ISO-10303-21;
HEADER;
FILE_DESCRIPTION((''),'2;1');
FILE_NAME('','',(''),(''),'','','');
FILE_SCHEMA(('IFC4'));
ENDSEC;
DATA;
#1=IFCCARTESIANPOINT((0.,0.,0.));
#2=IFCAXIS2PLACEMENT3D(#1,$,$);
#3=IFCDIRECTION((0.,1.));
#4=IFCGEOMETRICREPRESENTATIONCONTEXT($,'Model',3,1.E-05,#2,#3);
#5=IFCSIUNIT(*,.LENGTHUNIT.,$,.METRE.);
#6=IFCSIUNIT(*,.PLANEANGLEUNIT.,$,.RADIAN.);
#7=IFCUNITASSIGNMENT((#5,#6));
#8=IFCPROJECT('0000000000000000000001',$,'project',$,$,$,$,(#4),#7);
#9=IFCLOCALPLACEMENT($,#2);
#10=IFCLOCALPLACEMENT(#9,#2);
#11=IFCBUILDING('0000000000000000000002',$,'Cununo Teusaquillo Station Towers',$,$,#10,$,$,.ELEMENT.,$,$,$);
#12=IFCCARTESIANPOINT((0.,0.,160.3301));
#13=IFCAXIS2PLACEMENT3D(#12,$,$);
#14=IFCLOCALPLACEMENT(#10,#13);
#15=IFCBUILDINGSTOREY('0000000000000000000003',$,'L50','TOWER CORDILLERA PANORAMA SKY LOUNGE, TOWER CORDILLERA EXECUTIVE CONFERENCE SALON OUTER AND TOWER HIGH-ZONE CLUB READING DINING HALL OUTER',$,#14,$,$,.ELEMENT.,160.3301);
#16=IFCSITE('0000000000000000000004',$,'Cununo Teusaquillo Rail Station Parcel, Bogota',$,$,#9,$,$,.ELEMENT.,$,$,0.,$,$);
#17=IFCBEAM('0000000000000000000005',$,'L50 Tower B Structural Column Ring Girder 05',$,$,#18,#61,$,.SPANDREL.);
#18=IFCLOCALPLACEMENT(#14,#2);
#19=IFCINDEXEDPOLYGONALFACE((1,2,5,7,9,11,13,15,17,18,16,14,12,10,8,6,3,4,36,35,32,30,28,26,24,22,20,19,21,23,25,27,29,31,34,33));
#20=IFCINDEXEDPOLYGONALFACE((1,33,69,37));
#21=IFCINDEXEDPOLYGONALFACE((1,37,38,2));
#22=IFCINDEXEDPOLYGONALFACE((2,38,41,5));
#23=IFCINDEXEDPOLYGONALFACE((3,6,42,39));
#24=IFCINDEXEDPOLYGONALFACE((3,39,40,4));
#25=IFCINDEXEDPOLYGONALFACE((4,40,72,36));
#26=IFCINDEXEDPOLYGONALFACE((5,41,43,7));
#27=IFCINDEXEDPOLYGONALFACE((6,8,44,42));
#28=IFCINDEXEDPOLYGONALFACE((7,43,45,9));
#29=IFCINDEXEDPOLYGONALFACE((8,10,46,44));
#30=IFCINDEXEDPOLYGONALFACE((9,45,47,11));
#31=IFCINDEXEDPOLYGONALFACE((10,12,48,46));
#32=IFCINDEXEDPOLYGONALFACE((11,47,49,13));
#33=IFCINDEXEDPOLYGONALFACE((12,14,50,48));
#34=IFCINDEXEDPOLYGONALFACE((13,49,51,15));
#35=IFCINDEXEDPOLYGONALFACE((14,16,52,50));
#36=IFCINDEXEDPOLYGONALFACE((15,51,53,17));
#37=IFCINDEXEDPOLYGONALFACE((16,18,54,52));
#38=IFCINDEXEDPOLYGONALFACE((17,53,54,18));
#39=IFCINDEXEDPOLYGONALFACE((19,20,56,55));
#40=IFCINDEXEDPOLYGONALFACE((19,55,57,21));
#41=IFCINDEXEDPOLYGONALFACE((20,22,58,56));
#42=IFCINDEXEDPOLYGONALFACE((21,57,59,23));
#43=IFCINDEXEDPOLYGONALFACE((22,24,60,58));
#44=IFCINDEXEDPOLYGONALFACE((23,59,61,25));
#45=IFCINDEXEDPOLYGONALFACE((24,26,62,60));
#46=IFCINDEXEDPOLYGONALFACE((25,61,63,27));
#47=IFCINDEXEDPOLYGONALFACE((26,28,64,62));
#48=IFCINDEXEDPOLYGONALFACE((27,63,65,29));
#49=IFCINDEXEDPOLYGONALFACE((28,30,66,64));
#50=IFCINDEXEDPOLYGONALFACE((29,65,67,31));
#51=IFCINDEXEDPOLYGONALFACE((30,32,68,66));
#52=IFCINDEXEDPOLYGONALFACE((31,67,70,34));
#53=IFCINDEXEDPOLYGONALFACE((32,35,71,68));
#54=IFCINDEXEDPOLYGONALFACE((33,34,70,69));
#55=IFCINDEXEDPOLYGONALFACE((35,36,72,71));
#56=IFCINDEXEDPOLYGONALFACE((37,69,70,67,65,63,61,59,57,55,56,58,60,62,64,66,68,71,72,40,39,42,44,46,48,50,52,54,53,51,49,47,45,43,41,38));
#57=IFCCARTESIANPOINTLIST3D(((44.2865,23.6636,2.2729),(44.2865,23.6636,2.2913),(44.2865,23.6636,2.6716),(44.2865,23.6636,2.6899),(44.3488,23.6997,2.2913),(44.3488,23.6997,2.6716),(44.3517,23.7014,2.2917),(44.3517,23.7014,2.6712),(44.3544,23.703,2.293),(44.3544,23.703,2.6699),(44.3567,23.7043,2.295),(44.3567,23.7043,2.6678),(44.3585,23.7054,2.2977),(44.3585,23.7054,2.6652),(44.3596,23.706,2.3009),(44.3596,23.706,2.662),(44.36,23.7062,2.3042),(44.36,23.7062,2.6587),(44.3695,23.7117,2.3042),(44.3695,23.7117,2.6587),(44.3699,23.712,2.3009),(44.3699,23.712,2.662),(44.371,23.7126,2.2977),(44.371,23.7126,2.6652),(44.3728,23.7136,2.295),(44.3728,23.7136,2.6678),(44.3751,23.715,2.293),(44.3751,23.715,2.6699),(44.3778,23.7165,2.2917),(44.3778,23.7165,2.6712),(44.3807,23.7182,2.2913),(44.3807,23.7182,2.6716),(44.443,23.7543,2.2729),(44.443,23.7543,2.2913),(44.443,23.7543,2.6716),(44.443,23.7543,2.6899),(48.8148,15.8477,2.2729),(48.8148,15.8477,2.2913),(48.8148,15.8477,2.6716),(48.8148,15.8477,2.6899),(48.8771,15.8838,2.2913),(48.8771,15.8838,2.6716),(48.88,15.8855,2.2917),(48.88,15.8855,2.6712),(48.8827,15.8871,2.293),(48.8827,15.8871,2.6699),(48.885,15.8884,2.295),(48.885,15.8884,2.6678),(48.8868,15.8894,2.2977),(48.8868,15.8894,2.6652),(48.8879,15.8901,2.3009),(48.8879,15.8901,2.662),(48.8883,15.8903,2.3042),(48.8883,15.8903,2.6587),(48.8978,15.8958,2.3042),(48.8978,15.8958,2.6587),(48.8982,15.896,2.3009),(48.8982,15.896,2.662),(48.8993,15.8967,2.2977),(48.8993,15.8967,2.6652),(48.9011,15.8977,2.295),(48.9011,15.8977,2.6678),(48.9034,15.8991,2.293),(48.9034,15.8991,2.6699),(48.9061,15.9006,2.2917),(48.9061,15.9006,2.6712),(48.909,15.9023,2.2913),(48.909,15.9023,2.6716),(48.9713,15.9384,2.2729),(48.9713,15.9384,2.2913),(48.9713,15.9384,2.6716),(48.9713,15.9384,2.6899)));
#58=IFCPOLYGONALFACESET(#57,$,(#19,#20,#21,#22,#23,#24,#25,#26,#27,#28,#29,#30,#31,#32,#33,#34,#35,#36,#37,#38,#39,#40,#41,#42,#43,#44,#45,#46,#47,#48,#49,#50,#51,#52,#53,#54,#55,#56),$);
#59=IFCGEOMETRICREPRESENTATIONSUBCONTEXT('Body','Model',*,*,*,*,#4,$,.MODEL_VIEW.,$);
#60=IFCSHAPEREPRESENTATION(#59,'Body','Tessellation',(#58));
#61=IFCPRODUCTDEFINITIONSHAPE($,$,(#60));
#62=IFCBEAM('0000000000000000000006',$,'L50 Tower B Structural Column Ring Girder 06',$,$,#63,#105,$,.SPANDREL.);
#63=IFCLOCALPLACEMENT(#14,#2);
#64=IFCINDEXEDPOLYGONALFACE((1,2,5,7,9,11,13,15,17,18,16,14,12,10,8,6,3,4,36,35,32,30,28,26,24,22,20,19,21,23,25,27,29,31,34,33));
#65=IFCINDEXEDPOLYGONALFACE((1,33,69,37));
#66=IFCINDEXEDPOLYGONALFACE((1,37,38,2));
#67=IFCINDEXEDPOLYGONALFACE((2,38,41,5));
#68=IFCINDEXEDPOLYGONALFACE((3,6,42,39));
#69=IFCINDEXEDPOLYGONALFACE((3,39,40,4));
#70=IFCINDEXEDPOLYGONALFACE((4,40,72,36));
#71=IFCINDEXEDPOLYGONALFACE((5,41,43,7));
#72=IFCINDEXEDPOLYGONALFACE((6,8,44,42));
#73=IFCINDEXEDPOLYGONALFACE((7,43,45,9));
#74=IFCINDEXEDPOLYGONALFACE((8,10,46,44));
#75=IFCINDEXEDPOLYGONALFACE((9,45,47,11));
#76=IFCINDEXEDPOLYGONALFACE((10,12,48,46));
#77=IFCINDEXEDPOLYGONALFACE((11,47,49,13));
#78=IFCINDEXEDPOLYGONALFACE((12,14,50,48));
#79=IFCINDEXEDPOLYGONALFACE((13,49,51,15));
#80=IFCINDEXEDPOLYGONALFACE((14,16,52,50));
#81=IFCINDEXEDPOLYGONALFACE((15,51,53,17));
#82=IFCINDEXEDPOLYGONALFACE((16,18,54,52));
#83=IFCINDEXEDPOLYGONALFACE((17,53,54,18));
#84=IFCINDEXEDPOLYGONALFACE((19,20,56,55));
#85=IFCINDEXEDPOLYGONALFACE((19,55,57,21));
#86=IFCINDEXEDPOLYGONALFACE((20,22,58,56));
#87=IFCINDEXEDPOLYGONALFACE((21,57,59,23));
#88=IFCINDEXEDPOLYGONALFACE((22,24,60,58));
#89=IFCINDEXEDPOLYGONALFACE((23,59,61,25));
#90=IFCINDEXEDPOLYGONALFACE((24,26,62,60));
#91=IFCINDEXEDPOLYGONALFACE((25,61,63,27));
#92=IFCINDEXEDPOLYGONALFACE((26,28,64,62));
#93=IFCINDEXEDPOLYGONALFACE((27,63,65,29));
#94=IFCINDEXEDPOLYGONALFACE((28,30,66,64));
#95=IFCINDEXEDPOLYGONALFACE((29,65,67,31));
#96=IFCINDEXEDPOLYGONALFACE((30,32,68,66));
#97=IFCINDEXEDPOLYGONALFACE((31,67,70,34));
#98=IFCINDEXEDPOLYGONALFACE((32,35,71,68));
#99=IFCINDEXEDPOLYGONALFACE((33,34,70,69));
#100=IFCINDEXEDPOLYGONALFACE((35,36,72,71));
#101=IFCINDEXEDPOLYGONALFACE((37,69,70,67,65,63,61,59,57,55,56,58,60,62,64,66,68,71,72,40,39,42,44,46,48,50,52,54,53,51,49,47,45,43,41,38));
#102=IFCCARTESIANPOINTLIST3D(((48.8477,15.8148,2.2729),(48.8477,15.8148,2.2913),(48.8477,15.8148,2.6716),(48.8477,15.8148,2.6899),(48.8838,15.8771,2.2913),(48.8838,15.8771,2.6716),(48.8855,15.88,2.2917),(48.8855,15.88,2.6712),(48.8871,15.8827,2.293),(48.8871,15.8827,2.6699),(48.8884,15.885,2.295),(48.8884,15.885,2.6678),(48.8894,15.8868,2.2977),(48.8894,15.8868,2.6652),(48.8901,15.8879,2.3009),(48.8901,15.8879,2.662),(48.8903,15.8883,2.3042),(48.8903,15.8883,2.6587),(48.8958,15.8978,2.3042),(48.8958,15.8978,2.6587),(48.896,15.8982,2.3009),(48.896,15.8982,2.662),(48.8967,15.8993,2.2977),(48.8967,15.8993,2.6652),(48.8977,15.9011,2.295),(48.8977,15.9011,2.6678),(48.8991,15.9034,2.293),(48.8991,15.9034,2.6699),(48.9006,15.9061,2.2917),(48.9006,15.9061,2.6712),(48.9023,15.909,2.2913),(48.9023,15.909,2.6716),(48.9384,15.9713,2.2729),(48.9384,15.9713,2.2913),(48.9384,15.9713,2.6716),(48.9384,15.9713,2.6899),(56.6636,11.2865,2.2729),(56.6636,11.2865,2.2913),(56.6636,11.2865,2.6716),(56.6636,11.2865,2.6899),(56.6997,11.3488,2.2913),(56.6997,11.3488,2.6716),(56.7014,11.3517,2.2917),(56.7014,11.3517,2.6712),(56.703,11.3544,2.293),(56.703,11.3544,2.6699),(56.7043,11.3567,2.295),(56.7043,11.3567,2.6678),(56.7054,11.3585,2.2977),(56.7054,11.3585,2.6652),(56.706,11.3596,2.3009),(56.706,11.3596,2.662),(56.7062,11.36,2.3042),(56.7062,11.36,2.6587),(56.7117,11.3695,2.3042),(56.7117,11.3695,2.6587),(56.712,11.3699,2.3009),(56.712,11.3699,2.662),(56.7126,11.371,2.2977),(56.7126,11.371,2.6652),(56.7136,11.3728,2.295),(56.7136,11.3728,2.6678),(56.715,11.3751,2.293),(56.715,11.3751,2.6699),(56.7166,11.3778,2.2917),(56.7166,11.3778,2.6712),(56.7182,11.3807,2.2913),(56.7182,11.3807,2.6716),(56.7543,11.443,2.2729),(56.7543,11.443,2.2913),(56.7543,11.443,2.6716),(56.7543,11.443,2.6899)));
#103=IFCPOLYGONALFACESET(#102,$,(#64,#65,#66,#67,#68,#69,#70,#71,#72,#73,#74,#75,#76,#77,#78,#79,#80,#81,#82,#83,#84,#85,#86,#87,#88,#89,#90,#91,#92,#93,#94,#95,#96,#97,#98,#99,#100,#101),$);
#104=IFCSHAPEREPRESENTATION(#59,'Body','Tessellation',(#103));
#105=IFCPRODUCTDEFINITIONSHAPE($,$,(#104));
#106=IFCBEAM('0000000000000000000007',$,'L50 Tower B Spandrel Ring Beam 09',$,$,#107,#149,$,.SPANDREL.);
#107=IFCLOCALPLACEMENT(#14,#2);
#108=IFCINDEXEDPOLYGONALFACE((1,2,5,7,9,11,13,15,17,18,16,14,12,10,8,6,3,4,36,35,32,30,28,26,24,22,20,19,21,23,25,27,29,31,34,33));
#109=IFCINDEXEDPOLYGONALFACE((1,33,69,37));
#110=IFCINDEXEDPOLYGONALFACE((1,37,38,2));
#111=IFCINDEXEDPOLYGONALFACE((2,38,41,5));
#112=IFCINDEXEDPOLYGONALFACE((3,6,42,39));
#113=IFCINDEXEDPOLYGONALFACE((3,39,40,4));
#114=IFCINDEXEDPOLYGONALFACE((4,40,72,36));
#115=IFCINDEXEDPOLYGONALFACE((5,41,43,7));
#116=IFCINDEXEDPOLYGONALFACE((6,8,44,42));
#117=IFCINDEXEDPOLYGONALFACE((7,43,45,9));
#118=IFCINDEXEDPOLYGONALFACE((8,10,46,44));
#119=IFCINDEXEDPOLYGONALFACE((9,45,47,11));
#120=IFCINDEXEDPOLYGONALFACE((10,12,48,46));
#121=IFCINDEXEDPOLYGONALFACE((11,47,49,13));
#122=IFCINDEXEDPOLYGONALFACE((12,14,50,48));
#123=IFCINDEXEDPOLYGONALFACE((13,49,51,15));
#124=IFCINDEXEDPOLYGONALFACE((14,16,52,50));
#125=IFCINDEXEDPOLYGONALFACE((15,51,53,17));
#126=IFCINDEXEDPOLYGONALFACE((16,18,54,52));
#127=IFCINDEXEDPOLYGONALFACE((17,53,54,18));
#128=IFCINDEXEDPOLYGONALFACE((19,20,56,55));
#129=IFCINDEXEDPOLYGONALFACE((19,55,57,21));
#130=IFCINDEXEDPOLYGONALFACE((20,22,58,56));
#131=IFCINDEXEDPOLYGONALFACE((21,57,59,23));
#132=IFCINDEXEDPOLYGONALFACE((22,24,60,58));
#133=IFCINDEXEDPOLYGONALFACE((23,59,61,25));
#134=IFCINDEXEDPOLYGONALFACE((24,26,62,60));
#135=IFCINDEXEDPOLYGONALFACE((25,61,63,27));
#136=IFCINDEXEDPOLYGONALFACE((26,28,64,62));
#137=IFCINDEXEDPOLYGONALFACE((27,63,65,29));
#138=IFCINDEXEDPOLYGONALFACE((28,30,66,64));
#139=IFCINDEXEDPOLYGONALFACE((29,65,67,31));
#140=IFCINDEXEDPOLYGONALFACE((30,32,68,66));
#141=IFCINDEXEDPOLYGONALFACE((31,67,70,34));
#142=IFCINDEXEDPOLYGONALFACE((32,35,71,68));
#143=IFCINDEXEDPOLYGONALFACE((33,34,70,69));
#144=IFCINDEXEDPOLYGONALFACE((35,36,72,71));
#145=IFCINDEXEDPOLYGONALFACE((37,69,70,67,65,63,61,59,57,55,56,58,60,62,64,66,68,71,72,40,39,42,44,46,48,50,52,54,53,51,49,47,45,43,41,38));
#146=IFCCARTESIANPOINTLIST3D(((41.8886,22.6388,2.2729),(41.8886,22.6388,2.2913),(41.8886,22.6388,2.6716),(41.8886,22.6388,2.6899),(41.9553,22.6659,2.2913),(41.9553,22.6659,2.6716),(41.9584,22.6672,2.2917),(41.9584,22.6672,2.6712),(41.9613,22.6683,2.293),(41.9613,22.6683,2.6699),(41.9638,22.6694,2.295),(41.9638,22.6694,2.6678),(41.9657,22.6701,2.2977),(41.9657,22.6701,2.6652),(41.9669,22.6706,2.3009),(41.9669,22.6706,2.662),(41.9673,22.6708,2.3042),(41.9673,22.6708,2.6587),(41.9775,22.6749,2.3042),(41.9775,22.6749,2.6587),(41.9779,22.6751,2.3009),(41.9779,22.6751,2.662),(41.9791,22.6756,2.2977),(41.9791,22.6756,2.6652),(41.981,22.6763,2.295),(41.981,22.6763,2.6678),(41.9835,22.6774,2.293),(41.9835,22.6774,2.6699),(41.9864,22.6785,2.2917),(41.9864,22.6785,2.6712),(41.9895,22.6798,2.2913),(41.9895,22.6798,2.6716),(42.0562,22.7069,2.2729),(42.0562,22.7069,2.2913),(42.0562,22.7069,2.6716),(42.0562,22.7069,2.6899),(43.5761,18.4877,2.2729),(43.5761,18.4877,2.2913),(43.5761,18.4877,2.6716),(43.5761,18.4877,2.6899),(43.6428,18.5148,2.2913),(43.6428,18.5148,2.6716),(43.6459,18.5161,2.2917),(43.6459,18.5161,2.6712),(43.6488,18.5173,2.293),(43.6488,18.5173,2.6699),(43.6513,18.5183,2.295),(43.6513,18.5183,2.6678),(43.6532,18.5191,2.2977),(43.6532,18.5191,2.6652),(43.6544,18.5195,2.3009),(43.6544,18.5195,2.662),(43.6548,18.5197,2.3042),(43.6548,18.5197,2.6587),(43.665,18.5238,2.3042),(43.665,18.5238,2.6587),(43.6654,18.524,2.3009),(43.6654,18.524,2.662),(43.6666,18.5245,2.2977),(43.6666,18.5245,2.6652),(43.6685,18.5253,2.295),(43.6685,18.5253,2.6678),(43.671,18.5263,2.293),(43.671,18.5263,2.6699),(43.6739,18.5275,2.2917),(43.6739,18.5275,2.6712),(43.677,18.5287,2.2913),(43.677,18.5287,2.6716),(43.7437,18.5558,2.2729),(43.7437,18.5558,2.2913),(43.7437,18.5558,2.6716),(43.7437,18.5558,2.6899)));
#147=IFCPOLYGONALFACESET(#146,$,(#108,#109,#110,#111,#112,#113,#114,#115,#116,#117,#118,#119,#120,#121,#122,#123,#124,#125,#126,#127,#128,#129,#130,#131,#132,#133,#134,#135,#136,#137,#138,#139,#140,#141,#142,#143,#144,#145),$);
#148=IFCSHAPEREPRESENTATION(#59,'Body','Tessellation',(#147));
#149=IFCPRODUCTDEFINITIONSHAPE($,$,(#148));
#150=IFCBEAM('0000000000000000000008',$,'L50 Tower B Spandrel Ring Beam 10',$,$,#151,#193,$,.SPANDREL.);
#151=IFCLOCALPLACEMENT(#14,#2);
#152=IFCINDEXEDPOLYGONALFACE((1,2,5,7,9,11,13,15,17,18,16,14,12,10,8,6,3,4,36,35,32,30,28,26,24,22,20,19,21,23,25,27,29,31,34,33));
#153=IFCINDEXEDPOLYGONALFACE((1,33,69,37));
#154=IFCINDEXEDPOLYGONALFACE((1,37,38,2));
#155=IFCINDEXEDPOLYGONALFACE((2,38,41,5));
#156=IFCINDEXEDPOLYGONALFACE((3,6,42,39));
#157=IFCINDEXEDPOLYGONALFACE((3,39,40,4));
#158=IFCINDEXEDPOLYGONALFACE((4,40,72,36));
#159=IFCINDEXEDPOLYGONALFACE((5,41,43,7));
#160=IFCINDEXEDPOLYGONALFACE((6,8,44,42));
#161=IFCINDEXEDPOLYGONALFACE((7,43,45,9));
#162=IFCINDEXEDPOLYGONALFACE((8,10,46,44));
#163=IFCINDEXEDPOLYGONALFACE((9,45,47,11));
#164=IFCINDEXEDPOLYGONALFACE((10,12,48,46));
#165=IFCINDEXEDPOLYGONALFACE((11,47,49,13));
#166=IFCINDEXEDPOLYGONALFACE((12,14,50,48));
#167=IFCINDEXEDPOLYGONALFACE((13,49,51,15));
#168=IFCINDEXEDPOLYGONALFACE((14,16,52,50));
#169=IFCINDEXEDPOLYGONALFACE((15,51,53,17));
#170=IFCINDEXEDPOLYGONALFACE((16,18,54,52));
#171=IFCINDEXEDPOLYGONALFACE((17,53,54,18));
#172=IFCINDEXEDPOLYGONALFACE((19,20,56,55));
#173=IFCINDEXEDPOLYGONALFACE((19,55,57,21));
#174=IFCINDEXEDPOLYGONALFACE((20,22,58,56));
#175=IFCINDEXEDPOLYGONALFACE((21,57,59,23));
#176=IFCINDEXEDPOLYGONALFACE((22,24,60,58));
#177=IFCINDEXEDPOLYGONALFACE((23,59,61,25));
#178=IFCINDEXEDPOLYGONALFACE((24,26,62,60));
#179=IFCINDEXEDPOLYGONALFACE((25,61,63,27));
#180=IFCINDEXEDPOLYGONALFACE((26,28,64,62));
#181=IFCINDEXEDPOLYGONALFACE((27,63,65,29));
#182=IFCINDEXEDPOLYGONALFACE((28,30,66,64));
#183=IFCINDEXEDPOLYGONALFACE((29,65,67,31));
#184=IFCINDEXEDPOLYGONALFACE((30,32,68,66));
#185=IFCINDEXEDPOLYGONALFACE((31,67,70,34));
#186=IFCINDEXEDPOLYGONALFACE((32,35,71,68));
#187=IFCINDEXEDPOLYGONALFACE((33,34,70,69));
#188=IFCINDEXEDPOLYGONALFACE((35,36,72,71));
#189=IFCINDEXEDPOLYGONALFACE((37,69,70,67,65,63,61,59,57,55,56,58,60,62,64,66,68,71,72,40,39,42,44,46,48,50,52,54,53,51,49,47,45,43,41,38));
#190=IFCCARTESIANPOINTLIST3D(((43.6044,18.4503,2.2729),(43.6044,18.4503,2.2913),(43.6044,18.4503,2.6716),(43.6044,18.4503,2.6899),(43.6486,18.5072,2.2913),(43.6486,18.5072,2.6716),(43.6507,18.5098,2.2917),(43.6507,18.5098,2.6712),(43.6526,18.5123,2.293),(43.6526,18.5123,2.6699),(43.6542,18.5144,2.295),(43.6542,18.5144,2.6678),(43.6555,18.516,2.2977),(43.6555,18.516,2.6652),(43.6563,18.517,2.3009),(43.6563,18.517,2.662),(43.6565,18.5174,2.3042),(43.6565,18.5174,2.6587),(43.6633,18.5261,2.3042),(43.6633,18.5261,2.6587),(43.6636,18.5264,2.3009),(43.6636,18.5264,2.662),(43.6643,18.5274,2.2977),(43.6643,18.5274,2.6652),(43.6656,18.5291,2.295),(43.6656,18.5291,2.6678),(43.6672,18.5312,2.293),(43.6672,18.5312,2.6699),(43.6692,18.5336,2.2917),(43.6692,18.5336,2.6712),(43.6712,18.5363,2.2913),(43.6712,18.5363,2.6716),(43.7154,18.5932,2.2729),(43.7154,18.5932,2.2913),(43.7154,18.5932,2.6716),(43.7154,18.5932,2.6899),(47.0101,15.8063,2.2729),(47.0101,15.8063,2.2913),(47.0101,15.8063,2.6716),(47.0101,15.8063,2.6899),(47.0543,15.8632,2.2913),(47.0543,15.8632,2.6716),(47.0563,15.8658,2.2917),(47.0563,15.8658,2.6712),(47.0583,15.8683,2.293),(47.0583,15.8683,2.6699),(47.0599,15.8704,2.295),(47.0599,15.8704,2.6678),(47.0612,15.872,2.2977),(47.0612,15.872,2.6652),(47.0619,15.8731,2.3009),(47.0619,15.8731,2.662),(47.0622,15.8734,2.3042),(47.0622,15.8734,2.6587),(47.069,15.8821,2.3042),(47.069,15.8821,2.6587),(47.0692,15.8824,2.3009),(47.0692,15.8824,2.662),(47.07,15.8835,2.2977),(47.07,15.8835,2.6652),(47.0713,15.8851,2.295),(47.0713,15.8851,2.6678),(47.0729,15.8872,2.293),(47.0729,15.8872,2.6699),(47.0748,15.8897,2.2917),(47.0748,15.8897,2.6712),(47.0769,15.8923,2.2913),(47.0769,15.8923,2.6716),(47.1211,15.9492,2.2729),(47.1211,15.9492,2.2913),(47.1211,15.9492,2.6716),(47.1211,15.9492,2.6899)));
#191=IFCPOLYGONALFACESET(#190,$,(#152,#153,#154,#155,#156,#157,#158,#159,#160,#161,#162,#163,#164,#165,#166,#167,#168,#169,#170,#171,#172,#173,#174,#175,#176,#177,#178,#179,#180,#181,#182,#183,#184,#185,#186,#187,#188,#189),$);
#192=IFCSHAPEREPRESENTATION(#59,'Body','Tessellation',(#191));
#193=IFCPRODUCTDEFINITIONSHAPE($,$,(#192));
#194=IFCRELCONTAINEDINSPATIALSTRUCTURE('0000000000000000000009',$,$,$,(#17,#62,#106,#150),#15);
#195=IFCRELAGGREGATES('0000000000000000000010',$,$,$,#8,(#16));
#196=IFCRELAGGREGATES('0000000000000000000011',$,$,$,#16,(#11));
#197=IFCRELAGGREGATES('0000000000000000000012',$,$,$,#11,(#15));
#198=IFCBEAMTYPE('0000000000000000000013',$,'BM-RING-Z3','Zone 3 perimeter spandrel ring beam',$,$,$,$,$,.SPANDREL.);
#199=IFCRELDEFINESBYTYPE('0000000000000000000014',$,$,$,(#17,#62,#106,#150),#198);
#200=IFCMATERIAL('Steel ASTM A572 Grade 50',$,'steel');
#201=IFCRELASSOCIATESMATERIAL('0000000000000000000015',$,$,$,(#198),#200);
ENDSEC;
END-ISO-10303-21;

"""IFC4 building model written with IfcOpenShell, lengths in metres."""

from ifc_helpers import new_model, si_unit, direction, frame, origin, origin_2d, place, context, subcontext, project, spatial, i_section, extrude, material, material_profile, profile_set, type_object, element, save


model = new_model("IFC4")

# Units and contexts
model_context = context("Model", 3, precision=1e-05, world=origin(), true_north=direction((0.0, 1.0)))
body_context = subcontext(model_context, "Body", "Model", "MODEL_VIEW")
ifc_project = project(units=[si_unit("LENGTHUNIT", "METRE"), si_unit("PLANEANGLEUNIT", "RADIAN")], contexts=[model_context])

# Site, building, storey
site_placement = place(None, origin())
site = spatial("IfcSite", under=ifc_project, at=site_placement, Name="Cununo Teusaquillo Rail Station Parcel, Bogota", CompositionType="ELEMENT", RefElevation=0.0)
building_placement = place(site_placement, origin())
building = spatial("IfcBuilding", under=site, at=building_placement, Name="Cununo Teusaquillo Station Towers", CompositionType="ELEMENT")
storey_placement = place(building_placement, frame((0.0, 0.0, 160.3301)))
storey = spatial("IfcBuildingStorey", under=building, at=storey_placement, Name="L50", Description="TOWER CORDILLERA PANORAMA SKY LOUNGE, TOWER CORDILLERA EXECUTIVE CONFERENCE SALON OUTER AND TOWER HIGH-ZONE CLUB READING DINING HALL OUTER", CompositionType="ELEMENT", Elevation=160.3301)

# Beams
ifc_material_1 = material(Name="Steel ASTM A572 Grade 50", Category="steel")
ifc_material_profile_1 = material_profile(ifc_material_1, i_section(OverallWidth=0.1809, OverallDepth=0.417, WebThickness=0.011, FlangeThickness=0.0183, FilletRadius=0.0129, at=origin_2d()), Name="W16X57")
ifc_profile_set_1 = profile_set([ifc_material_profile_1], Name="Steel ASTM A572 Grade 50")
beam_type_1 = type_object("IfcBeamType", Name="BM-RING-Z3", Description="Zone 3 perimeter spandrel ring beam", PredefinedType="SPANDREL", material=ifc_profile_set_1)
for number, where, z_axis, x_axis, name in (
    (1, (44.3647, 23.709, 2.4814), (0.501311, -0.865267, 0.0), (0.865267, 0.501311, 0.0), "L50 Tower B Structural Column Ring Girder 05"),
    (2, (48.8931, 15.8931, 2.4814), (0.865267, -0.501311, 0.0), (0.501311, 0.865267, 0.0), "L50 Tower B Structural Column Ring Girder 06"),
):
    element("IfcBeam", number, at=place(storey_placement, frame(where, z_axis=z_axis, x_axis=x_axis)), inside=storey, type_object=beam_type_1, Name=name, PredefinedType="SPANDREL", context=body_context, shape_type="SweptSolid", body=[
        extrude(i_section(OverallWidth=0.1809, OverallDepth=0.417, WebThickness=0.011, FlangeThickness=0.0183, FilletRadius=0.0129, at=origin_2d()), origin(), (0.0, 0.0, 1.0), 9.033),
    ])
beam_1_placement = place(storey_placement, frame((41.9724, 22.6729, 2.4814), z_axis=(0.376589, -0.92638, 0.0), x_axis=(0.92638, 0.376589, 0.0)))
element("IfcBeam", 3, at=beam_1_placement, inside=storey, type_object=beam_type_1, Name="L50 Tower B Spandrel Ring Beam 09", PredefinedType="SPANDREL", context=body_context, shape_type="SweptSolid", body=[
    extrude(i_section(OverallWidth=0.1809, OverallDepth=0.417, WebThickness=0.011, FlangeThickness=0.0183, FilletRadius=0.0129, at=origin_2d()), origin(), (0.0, 0.0, 1.0), 4.481),
])
beam_2_placement = place(storey_placement, frame((43.6599, 18.5217, 2.4814), z_axis=(0.789901, -0.613235, 0.0), x_axis=(0.613235, 0.789901, 0.0)))
element("IfcBeam", 4, at=beam_2_placement, inside=storey, type_object=beam_type_1, Name="L50 Tower B Spandrel Ring Beam 10", PredefinedType="SPANDREL", context=body_context, shape_type="SweptSolid", body=[
    extrude(i_section(OverallWidth=0.1809, OverallDepth=0.417, WebThickness=0.011, FlangeThickness=0.0183, FilletRadius=0.0129, at=origin_2d()), origin(), (0.0, 0.0, 1.0), 4.3115),
])

save(model, "model.ifc")
